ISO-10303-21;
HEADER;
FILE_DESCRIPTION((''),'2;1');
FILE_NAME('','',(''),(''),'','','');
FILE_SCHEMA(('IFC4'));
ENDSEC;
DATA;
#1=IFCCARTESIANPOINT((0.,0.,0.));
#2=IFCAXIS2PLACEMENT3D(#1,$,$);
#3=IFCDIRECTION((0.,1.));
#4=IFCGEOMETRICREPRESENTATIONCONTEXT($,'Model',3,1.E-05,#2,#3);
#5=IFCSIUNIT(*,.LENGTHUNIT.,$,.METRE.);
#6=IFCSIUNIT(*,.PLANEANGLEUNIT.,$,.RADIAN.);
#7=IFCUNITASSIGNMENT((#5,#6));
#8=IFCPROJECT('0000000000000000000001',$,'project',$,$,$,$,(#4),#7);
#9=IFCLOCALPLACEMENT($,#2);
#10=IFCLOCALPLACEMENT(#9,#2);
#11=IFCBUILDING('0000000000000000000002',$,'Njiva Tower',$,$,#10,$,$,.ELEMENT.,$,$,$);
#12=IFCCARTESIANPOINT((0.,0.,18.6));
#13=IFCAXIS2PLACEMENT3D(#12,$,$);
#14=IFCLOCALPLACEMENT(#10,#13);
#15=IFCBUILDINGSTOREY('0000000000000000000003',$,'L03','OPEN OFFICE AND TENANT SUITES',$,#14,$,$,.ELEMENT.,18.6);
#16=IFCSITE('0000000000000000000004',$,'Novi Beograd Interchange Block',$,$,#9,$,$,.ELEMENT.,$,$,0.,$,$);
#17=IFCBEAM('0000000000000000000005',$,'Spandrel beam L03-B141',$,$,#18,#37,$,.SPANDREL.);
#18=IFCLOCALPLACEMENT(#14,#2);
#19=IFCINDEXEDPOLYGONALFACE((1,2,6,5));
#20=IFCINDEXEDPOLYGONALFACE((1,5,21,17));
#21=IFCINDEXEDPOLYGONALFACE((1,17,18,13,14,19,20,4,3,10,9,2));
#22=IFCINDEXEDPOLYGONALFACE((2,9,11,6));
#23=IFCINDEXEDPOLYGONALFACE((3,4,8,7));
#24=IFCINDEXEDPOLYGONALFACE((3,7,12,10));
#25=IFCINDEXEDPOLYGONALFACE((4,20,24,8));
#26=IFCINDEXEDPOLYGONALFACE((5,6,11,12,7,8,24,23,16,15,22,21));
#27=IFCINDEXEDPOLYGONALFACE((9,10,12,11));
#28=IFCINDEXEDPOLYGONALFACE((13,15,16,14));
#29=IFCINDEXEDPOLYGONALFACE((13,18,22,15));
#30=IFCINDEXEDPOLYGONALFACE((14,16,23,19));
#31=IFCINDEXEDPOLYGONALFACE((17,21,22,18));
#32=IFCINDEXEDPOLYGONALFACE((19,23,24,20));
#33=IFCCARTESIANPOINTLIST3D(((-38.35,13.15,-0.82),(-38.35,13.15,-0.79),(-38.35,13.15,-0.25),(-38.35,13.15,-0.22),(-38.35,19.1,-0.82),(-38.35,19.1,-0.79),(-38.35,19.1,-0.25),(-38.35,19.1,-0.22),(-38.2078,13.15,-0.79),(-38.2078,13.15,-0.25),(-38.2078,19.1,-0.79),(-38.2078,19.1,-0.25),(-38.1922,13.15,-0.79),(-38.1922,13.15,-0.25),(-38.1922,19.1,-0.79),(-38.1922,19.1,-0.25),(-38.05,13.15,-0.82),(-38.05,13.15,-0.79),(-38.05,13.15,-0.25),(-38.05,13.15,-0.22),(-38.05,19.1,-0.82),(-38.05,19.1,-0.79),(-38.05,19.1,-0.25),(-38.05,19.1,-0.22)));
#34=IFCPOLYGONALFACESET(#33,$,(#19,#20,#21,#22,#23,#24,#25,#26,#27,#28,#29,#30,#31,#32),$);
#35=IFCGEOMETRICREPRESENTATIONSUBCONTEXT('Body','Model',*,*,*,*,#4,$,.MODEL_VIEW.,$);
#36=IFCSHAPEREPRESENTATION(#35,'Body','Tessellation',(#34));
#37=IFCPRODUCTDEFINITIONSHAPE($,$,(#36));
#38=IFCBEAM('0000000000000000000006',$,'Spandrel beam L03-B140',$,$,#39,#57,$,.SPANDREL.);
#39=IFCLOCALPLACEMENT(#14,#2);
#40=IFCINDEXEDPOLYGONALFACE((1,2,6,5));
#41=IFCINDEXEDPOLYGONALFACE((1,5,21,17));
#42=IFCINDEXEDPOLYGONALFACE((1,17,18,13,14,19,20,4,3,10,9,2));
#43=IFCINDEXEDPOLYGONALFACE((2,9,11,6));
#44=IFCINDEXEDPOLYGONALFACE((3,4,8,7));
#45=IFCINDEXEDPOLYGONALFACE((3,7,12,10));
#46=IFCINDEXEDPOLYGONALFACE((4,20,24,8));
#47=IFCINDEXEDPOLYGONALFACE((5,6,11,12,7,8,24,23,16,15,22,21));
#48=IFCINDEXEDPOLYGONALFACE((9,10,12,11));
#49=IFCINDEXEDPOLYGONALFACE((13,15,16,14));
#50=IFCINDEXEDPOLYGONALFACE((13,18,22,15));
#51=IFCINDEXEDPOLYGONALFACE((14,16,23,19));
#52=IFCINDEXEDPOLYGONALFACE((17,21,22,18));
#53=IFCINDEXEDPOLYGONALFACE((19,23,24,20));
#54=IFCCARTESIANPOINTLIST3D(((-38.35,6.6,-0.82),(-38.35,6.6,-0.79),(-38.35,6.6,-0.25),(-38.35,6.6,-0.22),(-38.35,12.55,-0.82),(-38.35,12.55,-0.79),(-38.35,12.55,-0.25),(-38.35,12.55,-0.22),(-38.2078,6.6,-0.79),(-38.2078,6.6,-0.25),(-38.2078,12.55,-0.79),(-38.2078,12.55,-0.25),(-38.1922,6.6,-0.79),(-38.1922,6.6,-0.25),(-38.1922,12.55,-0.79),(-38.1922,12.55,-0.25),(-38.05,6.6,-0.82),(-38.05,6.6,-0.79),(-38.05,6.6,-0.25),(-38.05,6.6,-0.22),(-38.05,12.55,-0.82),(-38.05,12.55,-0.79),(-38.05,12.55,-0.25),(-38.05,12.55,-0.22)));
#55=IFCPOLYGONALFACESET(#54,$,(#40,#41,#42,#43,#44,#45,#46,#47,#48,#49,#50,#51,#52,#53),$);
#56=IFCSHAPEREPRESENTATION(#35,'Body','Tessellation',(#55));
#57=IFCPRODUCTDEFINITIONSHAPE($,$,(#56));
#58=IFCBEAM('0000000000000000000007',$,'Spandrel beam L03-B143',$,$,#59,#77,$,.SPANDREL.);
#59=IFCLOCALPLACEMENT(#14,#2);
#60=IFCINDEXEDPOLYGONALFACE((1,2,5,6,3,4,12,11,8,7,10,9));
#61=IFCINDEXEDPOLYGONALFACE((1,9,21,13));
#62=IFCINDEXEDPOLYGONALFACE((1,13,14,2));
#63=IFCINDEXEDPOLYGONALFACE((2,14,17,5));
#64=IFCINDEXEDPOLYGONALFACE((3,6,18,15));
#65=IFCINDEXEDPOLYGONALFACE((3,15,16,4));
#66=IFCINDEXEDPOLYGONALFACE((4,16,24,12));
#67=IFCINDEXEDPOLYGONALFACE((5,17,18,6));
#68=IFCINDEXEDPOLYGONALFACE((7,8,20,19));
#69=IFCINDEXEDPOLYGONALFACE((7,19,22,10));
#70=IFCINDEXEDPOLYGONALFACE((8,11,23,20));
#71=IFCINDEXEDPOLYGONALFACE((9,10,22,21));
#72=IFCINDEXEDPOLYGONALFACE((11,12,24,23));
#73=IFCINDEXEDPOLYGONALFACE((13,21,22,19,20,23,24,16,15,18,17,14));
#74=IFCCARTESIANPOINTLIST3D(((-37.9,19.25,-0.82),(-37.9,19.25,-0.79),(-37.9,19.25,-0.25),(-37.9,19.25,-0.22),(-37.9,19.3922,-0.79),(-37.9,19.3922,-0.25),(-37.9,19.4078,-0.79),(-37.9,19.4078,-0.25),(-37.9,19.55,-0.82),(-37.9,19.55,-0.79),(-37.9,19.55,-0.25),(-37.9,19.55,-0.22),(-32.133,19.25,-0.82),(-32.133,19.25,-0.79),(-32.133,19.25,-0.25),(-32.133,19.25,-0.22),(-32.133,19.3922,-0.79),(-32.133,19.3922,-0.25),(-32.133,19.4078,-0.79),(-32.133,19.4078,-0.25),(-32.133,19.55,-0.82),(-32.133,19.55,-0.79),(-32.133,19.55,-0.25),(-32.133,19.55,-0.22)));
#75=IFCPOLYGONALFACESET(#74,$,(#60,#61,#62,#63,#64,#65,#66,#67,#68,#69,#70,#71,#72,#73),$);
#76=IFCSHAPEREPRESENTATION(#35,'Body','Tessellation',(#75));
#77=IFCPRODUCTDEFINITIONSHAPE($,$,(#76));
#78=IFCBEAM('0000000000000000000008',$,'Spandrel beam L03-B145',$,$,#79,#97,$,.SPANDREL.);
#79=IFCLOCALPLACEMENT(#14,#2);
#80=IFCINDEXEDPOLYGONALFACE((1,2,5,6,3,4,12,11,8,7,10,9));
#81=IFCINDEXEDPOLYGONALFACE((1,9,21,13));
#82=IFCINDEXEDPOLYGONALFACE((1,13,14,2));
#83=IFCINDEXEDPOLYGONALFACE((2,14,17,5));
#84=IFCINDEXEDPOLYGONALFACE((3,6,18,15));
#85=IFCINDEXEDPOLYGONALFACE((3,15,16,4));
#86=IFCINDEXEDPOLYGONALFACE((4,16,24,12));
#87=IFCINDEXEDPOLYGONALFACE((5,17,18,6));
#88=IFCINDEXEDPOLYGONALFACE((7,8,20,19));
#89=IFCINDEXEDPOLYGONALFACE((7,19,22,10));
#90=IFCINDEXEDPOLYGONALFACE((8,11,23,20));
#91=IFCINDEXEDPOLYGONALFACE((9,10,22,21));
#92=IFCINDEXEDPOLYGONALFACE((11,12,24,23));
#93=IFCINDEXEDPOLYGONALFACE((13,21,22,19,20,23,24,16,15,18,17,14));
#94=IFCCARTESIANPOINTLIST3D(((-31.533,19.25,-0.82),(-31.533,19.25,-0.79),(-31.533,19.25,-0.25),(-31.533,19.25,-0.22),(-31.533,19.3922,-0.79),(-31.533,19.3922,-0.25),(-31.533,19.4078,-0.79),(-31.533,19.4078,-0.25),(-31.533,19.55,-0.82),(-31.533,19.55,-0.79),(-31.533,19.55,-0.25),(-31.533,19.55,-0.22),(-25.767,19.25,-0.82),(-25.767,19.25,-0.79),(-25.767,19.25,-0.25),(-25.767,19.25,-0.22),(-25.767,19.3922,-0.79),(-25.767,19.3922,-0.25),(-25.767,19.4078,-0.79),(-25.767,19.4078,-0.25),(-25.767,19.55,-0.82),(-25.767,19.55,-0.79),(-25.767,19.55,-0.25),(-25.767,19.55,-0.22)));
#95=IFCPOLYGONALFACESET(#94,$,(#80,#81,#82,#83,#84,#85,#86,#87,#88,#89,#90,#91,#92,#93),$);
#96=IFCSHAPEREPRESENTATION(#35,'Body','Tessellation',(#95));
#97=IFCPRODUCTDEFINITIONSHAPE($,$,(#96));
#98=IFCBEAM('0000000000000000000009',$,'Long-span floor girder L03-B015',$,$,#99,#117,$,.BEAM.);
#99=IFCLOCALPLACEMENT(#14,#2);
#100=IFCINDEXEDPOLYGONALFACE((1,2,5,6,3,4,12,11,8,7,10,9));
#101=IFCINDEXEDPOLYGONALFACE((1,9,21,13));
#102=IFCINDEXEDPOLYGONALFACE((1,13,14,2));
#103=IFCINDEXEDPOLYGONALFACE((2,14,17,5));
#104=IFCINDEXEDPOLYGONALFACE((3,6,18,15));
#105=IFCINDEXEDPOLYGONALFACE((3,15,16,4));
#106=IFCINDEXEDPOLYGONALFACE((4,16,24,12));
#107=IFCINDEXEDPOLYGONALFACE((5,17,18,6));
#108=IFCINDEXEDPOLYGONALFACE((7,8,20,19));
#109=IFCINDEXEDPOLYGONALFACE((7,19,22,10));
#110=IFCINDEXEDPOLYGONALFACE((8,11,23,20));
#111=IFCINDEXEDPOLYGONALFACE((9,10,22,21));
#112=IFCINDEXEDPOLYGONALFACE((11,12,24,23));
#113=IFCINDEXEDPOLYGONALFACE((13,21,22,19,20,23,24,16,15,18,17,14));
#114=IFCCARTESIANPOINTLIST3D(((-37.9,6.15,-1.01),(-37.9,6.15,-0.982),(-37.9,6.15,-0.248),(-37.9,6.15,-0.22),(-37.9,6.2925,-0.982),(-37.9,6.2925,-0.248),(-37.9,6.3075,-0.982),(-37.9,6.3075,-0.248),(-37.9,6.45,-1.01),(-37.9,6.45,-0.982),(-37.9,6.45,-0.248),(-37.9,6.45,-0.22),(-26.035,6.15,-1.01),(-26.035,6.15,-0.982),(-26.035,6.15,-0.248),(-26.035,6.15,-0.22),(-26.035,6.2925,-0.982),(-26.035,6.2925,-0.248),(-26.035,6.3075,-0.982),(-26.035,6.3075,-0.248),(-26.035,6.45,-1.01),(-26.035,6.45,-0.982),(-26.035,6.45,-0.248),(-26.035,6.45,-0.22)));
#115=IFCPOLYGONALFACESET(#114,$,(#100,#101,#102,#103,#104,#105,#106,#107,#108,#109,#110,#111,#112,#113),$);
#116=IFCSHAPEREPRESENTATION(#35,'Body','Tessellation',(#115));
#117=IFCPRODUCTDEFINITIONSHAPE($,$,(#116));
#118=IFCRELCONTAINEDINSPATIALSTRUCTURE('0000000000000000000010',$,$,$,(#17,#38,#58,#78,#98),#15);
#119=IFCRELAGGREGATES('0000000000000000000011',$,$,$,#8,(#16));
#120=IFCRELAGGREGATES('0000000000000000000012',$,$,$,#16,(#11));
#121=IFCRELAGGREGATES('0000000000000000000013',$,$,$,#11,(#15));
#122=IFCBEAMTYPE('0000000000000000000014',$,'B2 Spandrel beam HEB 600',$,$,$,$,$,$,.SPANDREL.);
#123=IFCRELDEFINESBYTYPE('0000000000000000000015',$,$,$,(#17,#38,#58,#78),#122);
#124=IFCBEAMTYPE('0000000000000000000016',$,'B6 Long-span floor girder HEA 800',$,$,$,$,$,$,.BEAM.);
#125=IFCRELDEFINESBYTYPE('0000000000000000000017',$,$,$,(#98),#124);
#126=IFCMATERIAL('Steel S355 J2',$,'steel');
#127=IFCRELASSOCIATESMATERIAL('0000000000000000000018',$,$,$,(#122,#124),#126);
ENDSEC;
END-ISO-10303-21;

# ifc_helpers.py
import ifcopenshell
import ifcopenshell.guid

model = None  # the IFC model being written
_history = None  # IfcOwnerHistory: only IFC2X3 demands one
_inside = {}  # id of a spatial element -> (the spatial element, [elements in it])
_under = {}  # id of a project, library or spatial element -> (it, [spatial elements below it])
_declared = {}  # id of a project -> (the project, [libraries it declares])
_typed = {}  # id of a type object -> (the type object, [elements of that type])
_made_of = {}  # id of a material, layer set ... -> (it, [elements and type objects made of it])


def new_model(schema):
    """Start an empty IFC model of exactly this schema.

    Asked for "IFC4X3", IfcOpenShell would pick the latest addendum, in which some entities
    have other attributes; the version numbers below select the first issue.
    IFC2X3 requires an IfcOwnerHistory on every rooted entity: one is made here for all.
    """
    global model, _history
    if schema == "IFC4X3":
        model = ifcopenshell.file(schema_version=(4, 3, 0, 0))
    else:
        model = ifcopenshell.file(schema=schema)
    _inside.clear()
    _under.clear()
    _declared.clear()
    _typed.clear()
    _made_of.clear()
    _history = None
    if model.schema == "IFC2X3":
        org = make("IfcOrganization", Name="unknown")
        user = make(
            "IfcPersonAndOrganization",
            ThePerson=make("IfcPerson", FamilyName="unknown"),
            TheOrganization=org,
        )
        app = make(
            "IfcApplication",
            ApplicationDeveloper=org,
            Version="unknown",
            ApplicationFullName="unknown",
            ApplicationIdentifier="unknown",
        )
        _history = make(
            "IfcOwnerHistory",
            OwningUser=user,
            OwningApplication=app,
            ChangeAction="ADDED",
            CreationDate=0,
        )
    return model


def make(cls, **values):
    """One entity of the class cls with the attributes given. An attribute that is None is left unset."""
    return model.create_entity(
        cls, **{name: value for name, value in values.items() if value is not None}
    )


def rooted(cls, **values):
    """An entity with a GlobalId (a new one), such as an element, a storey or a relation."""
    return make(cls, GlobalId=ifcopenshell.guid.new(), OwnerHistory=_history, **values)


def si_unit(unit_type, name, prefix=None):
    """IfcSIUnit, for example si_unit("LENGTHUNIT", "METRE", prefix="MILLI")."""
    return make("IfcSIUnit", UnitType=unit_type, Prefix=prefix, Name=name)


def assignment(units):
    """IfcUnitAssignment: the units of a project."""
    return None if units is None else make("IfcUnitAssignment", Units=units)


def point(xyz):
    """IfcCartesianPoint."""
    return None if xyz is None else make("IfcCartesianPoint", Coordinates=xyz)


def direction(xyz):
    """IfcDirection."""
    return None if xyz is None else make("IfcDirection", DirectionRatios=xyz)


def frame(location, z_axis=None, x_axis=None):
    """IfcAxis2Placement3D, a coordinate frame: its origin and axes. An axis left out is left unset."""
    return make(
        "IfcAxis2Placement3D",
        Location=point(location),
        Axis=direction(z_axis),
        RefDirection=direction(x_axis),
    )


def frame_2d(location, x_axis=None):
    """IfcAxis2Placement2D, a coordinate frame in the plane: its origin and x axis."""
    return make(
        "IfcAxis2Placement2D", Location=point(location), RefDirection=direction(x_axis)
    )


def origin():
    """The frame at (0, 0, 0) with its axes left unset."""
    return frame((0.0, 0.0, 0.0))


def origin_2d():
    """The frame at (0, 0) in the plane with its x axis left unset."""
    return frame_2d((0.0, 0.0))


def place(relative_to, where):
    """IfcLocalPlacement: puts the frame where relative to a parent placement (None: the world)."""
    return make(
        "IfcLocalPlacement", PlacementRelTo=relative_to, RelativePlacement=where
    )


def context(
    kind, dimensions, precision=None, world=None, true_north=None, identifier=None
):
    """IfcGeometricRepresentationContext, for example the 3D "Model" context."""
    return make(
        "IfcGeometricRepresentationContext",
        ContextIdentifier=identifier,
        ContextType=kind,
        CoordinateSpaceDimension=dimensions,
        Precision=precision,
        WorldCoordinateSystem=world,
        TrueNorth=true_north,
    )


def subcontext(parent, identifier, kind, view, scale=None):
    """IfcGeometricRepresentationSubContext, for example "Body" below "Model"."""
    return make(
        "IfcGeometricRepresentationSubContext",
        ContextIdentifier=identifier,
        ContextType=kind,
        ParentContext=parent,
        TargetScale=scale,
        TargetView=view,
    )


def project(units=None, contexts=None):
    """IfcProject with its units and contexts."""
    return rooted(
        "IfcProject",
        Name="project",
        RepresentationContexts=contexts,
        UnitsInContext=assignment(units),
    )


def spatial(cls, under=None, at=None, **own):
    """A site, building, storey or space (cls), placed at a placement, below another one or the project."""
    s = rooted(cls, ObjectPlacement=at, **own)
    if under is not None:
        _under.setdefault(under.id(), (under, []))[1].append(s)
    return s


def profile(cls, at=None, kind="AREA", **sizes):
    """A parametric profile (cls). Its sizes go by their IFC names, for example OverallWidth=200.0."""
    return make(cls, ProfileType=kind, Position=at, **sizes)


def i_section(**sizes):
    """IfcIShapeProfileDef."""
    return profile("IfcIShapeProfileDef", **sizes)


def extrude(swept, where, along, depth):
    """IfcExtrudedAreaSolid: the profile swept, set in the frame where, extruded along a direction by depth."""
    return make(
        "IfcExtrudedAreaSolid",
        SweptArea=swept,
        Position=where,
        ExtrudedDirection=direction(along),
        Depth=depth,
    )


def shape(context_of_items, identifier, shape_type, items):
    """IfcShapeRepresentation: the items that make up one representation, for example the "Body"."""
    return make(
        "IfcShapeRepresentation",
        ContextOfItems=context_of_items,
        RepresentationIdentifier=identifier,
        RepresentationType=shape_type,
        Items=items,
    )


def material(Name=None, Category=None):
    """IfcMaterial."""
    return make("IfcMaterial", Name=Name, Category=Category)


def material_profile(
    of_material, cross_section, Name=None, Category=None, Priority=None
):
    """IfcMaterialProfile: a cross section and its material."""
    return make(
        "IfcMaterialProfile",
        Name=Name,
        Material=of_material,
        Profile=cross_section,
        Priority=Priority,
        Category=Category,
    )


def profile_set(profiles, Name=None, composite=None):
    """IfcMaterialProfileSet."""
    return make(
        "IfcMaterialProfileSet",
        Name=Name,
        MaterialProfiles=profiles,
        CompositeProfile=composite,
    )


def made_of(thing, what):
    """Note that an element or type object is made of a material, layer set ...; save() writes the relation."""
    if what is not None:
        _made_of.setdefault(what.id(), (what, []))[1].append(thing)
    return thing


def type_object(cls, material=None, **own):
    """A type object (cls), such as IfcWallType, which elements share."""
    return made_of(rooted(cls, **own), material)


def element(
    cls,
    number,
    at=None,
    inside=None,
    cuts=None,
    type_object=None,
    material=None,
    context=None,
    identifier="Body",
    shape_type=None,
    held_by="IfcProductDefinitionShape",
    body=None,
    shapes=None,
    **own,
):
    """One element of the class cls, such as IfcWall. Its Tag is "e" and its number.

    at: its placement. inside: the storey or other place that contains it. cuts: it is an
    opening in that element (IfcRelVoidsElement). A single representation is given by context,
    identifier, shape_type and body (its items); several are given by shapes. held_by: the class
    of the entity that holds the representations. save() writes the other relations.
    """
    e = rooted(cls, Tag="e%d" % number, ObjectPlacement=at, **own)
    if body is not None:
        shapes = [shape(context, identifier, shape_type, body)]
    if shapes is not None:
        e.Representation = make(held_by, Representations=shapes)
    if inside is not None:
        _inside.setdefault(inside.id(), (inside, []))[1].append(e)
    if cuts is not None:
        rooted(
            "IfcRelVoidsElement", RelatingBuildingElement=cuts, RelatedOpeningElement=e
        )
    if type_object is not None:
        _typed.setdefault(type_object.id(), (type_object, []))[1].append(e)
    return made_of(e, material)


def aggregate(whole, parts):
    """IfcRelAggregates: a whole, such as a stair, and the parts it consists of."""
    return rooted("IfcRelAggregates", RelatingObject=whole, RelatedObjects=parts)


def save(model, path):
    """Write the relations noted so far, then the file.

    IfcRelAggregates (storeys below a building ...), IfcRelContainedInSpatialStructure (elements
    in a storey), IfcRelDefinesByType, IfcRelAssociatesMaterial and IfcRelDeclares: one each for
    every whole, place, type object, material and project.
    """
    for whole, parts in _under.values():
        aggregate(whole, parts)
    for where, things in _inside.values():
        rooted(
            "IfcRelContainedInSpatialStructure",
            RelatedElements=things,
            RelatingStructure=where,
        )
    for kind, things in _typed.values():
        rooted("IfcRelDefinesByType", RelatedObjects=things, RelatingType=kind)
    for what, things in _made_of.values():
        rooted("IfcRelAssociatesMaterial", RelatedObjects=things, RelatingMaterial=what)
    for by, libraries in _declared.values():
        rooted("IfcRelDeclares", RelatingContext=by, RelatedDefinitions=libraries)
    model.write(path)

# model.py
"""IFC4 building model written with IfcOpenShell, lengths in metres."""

from ifc_helpers import new_model, si_unit, direction, frame, origin, origin_2d, place, context, subcontext, project, spatial, i_section, extrude, material, material_profile, profile_set, type_object, element, save


model = new_model("IFC4")

# Units and contexts
model_context = context("Model", 3, precision=1e-05, world=origin(), true_north=direction((0.0, 1.0)))
body_context = subcontext(model_context, "Body", "Model", "MODEL_VIEW")
ifc_project = project(units=[si_unit("LENGTHUNIT", "METRE"), si_unit("PLANEANGLEUNIT", "RADIAN")], contexts=[model_context])

# Site, building, storey
site_placement = place(None, origin())
site = spatial("IfcSite", under=ifc_project, at=site_placement, Name="Novi Beograd Interchange Block", CompositionType="ELEMENT", RefElevation=0.0)
building_placement = place(site_placement, origin())
building = spatial("IfcBuilding", under=site, at=building_placement, Name="Njiva Tower", CompositionType="ELEMENT")
storey_placement = place(building_placement, frame((0.0, 0.0, 18.6)))
storey = spatial("IfcBuildingStorey", under=building, at=storey_placement, Name="L03", Description="OPEN OFFICE AND TENANT SUITES", CompositionType="ELEMENT", Elevation=18.6)

# Shared definitions
ifc_material_1 = material(Name="Steel S355 J2", Category="steel")

# Beams
ifc_material_profile_1 = material_profile(ifc_material_1, i_section(OverallWidth=0.3, OverallDepth=0.6, WebThickness=0.0155, FlangeThickness=0.03, at=origin_2d()), Name="HEB 600")
ifc_profile_set_1 = profile_set([ifc_material_profile_1], Name="Steel S355 J2")
beam_type_1 = type_object("IfcBeamType", Name="B2 Spandrel beam HEB 600", PredefinedType="SPANDREL", material=ifc_profile_set_1)
for number, where, z_axis, x_axis, name in (
    (1, (-38.2, 19.1, -0.52), (0.0, -1.0, 0.0), (1.0, 0.0, 0.0), "Spandrel beam L03-B141"),
    (2, (-38.2, 12.55, -0.52), (0.0, -1.0, 0.0), (1.0, 0.0, 0.0), "Spandrel beam L03-B140"),
):
    element("IfcBeam", number, at=place(storey_placement, frame(where, z_axis=z_axis, x_axis=x_axis)), inside=storey, type_object=beam_type_1, Name=name, PredefinedType="SPANDREL", context=body_context, shape_type="SweptSolid", body=[
        extrude(i_section(OverallWidth=0.3, OverallDepth=0.6, WebThickness=0.0155, FlangeThickness=0.03, at=origin_2d()), origin(), (0.0, 0.0, 1.0), 5.95),
    ])
beam_1_placement = place(storey_placement, frame((-37.9, 19.4, -0.52), z_axis=(1.0, 0.0, 0.0), x_axis=(0.0, 1.0, 0.0)))
element("IfcBeam", 3, at=beam_1_placement, inside=storey, type_object=beam_type_1, Name="Spandrel beam L03-B143", PredefinedType="SPANDREL", context=body_context, shape_type="SweptSolid", body=[
    extrude(i_section(OverallWidth=0.3, OverallDepth=0.6, WebThickness=0.0155, FlangeThickness=0.03, at=origin_2d()), origin(), (0.0, 0.0, 1.0), 5.767),
])
beam_2_placement = place(storey_placement, frame((-31.533, 19.4, -0.52), z_axis=(1.0, 0.0, 0.0), x_axis=(0.0, 1.0, 0.0)))
element("IfcBeam", 4, at=beam_2_placement, inside=storey, type_object=beam_type_1, Name="Spandrel beam L03-B145", PredefinedType="SPANDREL", context=body_context, shape_type="SweptSolid", body=[
    extrude(i_section(OverallWidth=0.3, OverallDepth=0.6, WebThickness=0.0155, FlangeThickness=0.03, at=origin_2d()), origin(), (0.0, 0.0, 1.0), 5.766),
])
ifc_material_profile_2 = material_profile(ifc_material_1, i_section(OverallWidth=0.3, OverallDepth=0.79, WebThickness=0.015, FlangeThickness=0.028, at=origin_2d()), Name="HEA 800")
ifc_profile_set_2 = profile_set([ifc_material_profile_2], Name="Steel S355 J2")
beam_type_2 = type_object("IfcBeamType", Name="B6 Long-span floor girder HEA 800", PredefinedType="BEAM", material=ifc_profile_set_2)
beam_3_placement = place(storey_placement, frame((-37.9, 6.3, -0.615), z_axis=(1.0, 0.0, 0.0), x_axis=(0.0, 1.0, 0.0)))
element("IfcBeam", 5, at=beam_3_placement, inside=storey, type_object=beam_type_2, Name="Long-span floor girder L03-B015", PredefinedType="BEAM", context=body_context, shape_type="SweptSolid", body=[
    extrude(i_section(OverallWidth=0.3, OverallDepth=0.79, WebThickness=0.015, FlangeThickness=0.028, at=origin_2d()), origin(), (0.0, 0.0, 1.0), 11.865),
])

save(model, "model.ifc")
